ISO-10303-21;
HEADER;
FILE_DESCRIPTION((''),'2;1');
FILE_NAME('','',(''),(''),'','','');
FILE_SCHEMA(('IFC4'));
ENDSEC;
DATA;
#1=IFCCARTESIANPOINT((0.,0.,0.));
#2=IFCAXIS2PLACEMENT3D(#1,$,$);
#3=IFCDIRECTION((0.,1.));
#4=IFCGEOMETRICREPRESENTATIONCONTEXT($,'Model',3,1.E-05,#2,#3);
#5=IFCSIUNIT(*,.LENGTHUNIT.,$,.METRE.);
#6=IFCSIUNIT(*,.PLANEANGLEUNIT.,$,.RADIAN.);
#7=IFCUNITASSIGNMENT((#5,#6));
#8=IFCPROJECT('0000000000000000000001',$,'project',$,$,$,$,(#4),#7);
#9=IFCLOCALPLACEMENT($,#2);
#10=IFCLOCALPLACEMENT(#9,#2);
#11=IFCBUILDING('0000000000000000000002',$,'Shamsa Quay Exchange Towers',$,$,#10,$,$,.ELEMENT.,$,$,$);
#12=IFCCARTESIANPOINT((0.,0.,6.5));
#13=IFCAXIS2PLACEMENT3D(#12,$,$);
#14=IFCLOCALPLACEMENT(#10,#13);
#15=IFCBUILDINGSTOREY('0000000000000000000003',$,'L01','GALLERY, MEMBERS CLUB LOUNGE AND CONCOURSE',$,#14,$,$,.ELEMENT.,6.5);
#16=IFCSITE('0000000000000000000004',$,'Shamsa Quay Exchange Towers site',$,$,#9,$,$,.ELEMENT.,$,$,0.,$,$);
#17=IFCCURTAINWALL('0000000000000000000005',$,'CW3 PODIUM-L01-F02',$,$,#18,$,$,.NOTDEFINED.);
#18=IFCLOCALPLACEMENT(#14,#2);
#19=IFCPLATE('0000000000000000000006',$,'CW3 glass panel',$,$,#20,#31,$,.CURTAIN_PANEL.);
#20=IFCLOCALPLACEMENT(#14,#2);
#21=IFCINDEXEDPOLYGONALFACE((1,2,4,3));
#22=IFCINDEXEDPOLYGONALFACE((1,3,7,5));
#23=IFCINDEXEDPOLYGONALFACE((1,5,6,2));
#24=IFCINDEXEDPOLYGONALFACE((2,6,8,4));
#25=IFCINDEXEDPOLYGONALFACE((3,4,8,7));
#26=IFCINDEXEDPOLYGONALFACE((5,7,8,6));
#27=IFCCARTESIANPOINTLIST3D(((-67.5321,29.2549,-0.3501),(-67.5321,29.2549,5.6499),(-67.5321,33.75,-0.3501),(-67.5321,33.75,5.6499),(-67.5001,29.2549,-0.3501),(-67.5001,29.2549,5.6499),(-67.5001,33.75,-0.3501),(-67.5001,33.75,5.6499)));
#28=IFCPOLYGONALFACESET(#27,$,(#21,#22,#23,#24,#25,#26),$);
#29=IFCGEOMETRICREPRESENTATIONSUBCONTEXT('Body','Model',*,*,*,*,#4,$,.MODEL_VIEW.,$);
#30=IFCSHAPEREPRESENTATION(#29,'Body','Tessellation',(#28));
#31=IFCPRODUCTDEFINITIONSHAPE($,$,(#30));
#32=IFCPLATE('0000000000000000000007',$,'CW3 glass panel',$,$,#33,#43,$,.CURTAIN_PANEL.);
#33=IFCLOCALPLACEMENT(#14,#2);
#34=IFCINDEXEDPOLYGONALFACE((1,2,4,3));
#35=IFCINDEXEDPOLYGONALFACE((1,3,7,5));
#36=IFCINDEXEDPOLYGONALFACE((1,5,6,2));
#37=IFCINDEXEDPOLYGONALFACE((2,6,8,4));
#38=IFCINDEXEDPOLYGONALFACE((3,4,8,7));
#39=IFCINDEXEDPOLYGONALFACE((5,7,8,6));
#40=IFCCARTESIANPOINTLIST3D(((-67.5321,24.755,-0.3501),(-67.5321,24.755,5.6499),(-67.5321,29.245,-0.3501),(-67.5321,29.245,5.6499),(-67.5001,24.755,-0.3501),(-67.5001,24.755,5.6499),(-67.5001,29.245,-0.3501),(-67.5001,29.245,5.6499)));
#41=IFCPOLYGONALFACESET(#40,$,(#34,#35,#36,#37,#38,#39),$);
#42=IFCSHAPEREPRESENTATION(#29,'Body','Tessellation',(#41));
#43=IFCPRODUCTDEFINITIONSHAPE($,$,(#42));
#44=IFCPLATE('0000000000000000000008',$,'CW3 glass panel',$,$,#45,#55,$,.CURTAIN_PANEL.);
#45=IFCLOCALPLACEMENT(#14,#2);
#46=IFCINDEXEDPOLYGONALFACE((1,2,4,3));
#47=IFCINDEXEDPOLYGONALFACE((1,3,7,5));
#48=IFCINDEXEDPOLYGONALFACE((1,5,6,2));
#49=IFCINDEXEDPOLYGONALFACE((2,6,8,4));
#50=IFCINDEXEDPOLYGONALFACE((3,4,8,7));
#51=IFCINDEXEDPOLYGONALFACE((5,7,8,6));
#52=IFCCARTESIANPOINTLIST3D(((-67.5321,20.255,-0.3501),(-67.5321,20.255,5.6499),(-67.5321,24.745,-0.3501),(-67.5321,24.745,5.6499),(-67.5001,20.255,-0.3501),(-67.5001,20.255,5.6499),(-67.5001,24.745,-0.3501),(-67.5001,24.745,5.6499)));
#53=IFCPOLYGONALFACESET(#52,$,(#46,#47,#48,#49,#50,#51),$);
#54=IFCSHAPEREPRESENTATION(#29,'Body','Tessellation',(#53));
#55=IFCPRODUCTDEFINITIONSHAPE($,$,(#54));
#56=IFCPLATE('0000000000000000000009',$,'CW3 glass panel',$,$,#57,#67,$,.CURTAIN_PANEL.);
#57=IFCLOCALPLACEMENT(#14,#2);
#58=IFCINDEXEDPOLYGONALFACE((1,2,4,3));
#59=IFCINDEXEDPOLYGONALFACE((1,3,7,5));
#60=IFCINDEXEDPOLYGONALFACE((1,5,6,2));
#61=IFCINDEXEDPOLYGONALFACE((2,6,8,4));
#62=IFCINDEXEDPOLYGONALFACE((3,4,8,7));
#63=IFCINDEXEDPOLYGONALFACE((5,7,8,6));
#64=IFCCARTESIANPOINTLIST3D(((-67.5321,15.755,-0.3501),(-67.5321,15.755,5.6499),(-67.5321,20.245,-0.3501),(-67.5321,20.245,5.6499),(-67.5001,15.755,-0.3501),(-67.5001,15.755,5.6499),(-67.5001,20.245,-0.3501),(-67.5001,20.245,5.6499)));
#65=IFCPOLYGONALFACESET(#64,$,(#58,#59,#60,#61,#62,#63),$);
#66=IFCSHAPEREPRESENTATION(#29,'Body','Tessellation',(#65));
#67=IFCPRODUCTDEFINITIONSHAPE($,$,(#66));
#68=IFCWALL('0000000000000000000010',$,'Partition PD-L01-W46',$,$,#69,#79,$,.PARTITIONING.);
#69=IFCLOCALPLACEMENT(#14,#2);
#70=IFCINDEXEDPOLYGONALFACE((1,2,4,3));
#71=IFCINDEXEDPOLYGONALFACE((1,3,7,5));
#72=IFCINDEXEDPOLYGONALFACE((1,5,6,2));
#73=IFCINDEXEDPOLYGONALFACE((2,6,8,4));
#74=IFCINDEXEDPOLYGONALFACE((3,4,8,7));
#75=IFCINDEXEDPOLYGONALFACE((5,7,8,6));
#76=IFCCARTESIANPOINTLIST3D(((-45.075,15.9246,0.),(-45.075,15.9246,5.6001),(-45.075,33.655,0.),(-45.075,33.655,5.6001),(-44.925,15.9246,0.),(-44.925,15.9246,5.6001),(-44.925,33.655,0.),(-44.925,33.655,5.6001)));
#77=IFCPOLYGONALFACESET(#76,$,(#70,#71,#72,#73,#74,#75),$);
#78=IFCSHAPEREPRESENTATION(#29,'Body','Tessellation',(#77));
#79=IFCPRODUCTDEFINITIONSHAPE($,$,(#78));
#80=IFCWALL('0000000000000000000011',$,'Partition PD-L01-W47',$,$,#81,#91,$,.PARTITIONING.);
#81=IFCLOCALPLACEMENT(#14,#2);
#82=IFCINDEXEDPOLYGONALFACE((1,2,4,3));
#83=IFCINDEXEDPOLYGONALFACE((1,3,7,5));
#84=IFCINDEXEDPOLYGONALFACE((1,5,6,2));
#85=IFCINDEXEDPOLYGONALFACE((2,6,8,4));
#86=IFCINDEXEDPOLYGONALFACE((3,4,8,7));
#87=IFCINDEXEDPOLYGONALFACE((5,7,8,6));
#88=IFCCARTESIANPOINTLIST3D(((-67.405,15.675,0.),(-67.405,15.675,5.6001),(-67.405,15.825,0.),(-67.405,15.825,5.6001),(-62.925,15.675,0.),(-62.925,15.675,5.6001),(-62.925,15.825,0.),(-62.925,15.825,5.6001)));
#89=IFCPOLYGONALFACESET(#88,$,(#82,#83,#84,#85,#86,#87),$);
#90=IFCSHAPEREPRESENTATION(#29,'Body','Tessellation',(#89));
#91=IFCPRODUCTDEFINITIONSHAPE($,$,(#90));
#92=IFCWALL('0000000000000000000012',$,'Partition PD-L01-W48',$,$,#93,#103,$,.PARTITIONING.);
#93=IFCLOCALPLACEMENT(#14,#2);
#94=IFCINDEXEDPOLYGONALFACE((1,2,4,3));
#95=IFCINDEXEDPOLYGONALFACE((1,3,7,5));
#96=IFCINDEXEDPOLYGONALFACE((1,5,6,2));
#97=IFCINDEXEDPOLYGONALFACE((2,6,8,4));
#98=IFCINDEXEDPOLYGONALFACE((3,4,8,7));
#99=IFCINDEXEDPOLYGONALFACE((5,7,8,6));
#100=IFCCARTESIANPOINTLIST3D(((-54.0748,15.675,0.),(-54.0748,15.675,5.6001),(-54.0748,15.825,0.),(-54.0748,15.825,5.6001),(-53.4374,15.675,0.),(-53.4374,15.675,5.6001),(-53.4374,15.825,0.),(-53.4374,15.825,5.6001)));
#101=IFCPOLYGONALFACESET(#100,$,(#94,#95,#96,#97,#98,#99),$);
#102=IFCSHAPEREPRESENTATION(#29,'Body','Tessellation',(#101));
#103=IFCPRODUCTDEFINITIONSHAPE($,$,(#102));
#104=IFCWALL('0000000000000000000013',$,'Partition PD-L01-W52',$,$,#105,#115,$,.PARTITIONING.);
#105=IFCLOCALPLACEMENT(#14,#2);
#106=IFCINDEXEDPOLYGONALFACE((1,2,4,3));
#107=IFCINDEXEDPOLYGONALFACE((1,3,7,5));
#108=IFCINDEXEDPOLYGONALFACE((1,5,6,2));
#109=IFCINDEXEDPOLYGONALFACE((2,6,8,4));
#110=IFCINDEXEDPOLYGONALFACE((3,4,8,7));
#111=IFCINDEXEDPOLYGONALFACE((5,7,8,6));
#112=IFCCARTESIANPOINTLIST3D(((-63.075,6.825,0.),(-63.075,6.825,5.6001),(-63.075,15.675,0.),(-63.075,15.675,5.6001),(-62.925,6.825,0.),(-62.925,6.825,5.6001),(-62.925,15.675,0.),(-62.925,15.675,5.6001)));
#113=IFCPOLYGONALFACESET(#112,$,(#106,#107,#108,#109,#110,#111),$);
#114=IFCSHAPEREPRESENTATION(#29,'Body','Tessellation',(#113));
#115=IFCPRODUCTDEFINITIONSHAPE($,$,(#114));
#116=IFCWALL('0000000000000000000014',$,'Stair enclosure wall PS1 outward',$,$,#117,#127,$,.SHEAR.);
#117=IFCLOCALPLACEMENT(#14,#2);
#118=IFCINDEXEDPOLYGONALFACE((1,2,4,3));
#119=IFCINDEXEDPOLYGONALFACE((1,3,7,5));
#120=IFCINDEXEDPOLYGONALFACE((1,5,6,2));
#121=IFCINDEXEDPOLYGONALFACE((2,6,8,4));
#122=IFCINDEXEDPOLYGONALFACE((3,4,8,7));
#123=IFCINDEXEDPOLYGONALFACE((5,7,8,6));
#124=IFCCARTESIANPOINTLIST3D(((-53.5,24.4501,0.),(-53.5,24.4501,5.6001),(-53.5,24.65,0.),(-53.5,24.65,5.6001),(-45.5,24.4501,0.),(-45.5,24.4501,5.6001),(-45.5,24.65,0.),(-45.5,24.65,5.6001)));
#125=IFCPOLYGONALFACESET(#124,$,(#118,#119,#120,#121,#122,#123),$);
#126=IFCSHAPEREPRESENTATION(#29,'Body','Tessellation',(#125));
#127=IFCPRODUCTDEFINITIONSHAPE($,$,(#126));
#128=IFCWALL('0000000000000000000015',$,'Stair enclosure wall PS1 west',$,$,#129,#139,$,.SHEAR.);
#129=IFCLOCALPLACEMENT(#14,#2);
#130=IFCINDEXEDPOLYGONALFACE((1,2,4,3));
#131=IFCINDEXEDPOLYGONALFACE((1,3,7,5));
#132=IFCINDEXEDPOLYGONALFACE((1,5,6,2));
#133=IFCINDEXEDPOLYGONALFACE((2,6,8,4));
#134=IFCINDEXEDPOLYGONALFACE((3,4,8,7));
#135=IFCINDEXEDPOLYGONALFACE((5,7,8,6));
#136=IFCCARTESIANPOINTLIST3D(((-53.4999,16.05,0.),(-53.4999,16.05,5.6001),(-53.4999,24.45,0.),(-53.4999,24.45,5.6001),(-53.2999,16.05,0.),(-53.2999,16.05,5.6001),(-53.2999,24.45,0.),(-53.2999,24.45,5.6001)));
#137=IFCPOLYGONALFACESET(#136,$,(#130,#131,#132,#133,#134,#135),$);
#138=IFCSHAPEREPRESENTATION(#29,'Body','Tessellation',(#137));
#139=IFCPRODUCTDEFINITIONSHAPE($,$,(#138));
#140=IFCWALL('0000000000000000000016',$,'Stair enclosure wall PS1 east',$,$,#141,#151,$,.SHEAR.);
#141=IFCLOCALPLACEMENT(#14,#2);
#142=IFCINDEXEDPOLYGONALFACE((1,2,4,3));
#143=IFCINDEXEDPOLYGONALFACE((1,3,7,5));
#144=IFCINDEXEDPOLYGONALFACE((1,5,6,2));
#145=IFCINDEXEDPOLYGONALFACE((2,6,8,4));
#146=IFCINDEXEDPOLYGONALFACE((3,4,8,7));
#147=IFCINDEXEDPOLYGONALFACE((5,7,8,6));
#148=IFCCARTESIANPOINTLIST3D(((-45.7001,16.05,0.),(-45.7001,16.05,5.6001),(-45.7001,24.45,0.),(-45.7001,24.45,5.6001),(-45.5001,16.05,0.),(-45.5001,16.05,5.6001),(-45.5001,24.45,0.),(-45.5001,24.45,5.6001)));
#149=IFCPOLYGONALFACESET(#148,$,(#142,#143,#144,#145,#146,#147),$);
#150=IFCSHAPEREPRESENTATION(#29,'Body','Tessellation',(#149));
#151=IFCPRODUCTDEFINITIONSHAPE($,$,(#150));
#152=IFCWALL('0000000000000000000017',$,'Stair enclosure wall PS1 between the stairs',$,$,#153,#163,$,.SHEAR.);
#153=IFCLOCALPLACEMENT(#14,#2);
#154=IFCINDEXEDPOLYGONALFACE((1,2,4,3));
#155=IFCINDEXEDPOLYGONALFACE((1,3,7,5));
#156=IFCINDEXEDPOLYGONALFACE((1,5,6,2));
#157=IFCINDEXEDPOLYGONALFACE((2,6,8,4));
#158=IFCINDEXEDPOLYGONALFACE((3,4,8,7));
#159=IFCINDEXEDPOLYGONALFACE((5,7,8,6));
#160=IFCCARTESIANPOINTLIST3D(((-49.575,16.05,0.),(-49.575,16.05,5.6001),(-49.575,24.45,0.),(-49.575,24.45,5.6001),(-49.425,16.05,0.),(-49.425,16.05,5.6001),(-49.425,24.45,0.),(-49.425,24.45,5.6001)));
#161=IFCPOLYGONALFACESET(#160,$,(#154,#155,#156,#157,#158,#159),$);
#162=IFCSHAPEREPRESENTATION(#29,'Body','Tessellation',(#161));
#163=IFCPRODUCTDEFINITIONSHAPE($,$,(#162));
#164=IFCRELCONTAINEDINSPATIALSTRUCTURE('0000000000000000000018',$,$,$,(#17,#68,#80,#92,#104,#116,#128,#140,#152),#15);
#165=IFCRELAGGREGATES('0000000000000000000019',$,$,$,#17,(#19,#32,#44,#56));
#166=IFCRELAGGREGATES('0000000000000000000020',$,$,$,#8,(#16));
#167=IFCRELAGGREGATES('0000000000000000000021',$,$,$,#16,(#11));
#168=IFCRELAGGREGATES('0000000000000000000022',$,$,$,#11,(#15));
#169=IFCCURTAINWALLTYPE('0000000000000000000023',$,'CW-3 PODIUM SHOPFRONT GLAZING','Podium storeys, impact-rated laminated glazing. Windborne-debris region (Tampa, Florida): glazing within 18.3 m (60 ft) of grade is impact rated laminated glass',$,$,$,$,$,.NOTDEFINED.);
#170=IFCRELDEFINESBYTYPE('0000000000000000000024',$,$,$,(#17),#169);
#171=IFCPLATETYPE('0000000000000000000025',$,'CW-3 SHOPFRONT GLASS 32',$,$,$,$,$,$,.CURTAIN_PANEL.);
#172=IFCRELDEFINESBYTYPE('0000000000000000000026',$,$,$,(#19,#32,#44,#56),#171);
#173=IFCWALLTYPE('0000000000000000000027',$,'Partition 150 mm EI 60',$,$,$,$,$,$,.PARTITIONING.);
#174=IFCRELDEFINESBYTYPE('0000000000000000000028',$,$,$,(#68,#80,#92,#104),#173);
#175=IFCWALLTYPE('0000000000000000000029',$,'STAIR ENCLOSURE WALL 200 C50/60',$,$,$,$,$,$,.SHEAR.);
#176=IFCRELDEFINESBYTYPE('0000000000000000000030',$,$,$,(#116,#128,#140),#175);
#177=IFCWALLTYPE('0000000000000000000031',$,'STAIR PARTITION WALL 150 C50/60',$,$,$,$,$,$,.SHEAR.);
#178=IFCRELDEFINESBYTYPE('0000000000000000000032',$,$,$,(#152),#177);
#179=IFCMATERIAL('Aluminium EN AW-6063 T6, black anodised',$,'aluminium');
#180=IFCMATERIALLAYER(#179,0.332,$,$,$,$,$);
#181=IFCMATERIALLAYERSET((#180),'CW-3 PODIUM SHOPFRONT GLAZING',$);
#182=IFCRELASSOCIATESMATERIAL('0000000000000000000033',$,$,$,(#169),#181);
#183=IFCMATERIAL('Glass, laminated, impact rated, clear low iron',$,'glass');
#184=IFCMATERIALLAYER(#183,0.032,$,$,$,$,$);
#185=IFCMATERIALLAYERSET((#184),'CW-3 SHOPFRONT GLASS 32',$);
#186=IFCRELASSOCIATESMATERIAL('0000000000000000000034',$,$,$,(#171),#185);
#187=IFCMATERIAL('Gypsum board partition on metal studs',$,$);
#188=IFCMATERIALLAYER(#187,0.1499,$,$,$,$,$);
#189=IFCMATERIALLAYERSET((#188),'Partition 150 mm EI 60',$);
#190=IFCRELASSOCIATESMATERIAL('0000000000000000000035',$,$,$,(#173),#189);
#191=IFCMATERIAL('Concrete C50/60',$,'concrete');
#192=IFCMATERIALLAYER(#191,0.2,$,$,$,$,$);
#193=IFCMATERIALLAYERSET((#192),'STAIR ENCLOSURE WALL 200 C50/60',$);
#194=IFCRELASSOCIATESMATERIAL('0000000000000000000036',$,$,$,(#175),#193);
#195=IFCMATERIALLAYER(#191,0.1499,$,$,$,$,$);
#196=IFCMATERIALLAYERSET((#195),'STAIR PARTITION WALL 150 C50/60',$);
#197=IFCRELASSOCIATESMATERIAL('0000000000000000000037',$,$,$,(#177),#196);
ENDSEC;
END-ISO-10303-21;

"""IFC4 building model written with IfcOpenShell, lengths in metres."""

from ifc_helpers import new_model, si_unit, direction, frame, frame_2d, origin, origin_2d, place, context, subcontext, project, spatial, rectangle, extrude, material, layer, layer_set, type_object, element, aggregate, save


model = new_model("IFC4")

# Units and contexts
model_context = context("Model", 3, precision=1e-05, world=origin(), true_north=direction((0.0, 1.0)))
body_context = subcontext(model_context, "Body", "Model", "MODEL_VIEW")
ifc_project = project(units=[si_unit("LENGTHUNIT", "METRE"), si_unit("PLANEANGLEUNIT", "RADIAN")], contexts=[model_context])

# Site, building, storey
site_placement = place(None, origin())
site = spatial("IfcSite", under=ifc_project, at=site_placement, Name="Shamsa Quay Exchange Towers site", CompositionType="ELEMENT", RefElevation=0.0)
building_placement = place(site_placement, origin())
building = spatial("IfcBuilding", under=site, at=building_placement, Name="Shamsa Quay Exchange Towers", CompositionType="ELEMENT")
storey_placement = place(building_placement, frame((0.0, 0.0, 6.5)))
storey = spatial("IfcBuildingStorey", under=building, at=storey_placement, Name="L01", Description="GALLERY, MEMBERS CLUB LOUNGE AND CONCOURSE", CompositionType="ELEMENT", Elevation=6.5)

# Curtain wall, plates
ifc_material_1 = material(Name="Aluminium EN AW-6063 T6, black anodised", Category="aluminium")
ifc_layer_1 = layer(ifc_material_1, 0.332)
ifc_layer_set_1 = layer_set([ifc_layer_1], Name="CW-3 PODIUM SHOPFRONT GLAZING")
curtain_wall_type = type_object("IfcCurtainWallType", Name="CW-3 PODIUM SHOPFRONT GLAZING", Description="Podium storeys, impact-rated laminated glazing. Windborne-debris region (Tampa, Florida): glazing within 18.3 m (60 ft) of grade is impact rated laminated glass", PredefinedType="NOTDEFINED", material=ifc_layer_set_1)
curtain_wall_placement = place(storey_placement, origin())
curtain_wall = element("IfcCurtainWall", 1, at=curtain_wall_placement, inside=storey, type_object=curtain_wall_type, Name="CW3 PODIUM-L01-F02", PredefinedType="NOTDEFINED")
ifc_material_2 = material(Name="Glass, laminated, impact rated, clear low iron", Category="glass")
ifc_layer_2 = layer(ifc_material_2, 0.032)
ifc_layer_set_2 = layer_set([ifc_layer_2], Name="CW-3 SHOPFRONT GLASS 32")
plate_type = type_object("IfcPlateType", Name="CW-3 SHOPFRONT GLASS 32", PredefinedType="CURTAIN_PANEL", material=ifc_layer_set_2)
plate_1_placement = place(storey_placement, frame((-67.5161, 31.5024, -0.3501), z_axis=(0.0, 0.0, 1.0), x_axis=(0.0, -1.0, 0.0)))
plate_1 = element("IfcPlate", 2, at=plate_1_placement, type_object=plate_type, Name="CW3 glass panel", PredefinedType="CURTAIN_PANEL", context=body_context, shape_type="SweptSolid", body=[
    extrude(rectangle(XDim=4.4951, YDim=0.032, at=origin_2d()), origin(), (0.0, 0.0, 1.0), 6.0),
])
plate_2_placement = place(storey_placement, frame((-67.5161, 27.0, -0.3501), z_axis=(0.0, 0.0, 1.0), x_axis=(0.0, -1.0, 0.0)))
plate_2 = element("IfcPlate", 3, at=plate_2_placement, type_object=plate_type, Name="CW3 glass panel", PredefinedType="CURTAIN_PANEL", context=body_context, shape_type="SweptSolid", body=[
    extrude(rectangle(XDim=4.49, YDim=0.032, at=origin_2d()), origin(), (0.0, 0.0, 1.0), 6.0),
])
plate_3_placement = place(storey_placement, frame((-67.5161, 22.5, -0.3501), z_axis=(0.0, 0.0, 1.0), x_axis=(0.0, -1.0, 0.0)))
plate_3 = element("IfcPlate", 4, at=plate_3_placement, type_object=plate_type, Name="CW3 glass panel", PredefinedType="CURTAIN_PANEL", context=body_context, shape_type="SweptSolid", body=[
    extrude(rectangle(XDim=4.49, YDim=0.032, at=origin_2d()), origin(), (0.0, 0.0, 1.0), 6.0),
])
plate_4_placement = place(storey_placement, frame((-67.5161, 18.0, -0.3501), z_axis=(0.0, 0.0, 1.0), x_axis=(0.0, -1.0, 0.0)))
plate_4 = element("IfcPlate", 5, at=plate_4_placement, type_object=plate_type, Name="CW3 glass panel", PredefinedType="CURTAIN_PANEL", context=body_context, shape_type="SweptSolid", body=[
    extrude(rectangle(XDim=4.49, YDim=0.032, at=origin_2d()), origin(), (0.0, 0.0, 1.0), 6.0),
])
aggregate(curtain_wall, [plate_1, plate_2, plate_3, plate_4])

# Walls
ifc_material_3 = material(Name="Gypsum board partition on metal studs")
ifc_layer_3 = layer(ifc_material_3, 0.1499)
ifc_layer_set_3 = layer_set([ifc_layer_3], Name="Partition 150 mm EI 60")
wall_type_1 = type_object("IfcWallType", Name="Partition 150 mm EI 60", PredefinedType="PARTITIONING", material=ifc_layer_set_3)
wall_1_placement = place(storey_placement, frame((-45.0, 15.9246, 0.0), z_axis=(0.0, 0.0, 1.0), x_axis=(0.0, 1.0, 0.0)))
element("IfcWall", 6, at=wall_1_placement, inside=storey, type_object=wall_type_1, Name="Partition PD-L01-W46", PredefinedType="PARTITIONING", context=body_context, shape_type="SweptSolid", body=[
    extrude(rectangle(XDim=17.7305, YDim=0.1499, at=frame_2d((8.8652, 0.0))), origin(), (0.0, 0.0, 1.0), 5.6001),
])
wall_2_placement = place(storey_placement, frame((-67.405, 15.75, 0.0)))
element("IfcWall", 7, at=wall_2_placement, inside=storey, type_object=wall_type_1, Name="Partition PD-L01-W47", PredefinedType="PARTITIONING", context=body_context, shape_type="SweptSolid", body=[
    extrude(rectangle(XDim=4.48, YDim=0.1499, at=frame_2d((2.24, 0.0))), origin(), (0.0, 0.0, 1.0), 5.6001),
])
wall_3_placement = place(storey_placement, frame((-54.075, 15.75, 0.0)))
element("IfcWall", 8, at=wall_3_placement, inside=storey, type_object=wall_type_1, Name="Partition PD-L01-W48", PredefinedType="PARTITIONING", context=body_context, shape_type="SweptSolid", body=[
    extrude(rectangle(XDim=0.6375, YDim=0.1499, at=frame_2d((0.3188, 0.0))), origin(), (0.0, 0.0, 1.0), 5.6001),
])
wall_4_placement = place(storey_placement, frame((-63.0, 15.675, 0.0), z_axis=(0.0, 0.0, 1.0), x_axis=(0.0, -1.0, 0.0)))
element("IfcWall", 9, at=wall_4_placement, inside=storey, type_object=wall_type_1, Name="Partition PD-L01-W52", PredefinedType="PARTITIONING", context=body_context, shape_type="SweptSolid", body=[
    extrude(rectangle(XDim=8.8501, YDim=0.1499, at=frame_2d((4.425, 0.0))), origin(), (0.0, 0.0, 1.0), 5.6001),
])

# Shared definitions
ifc_material_4 = material(Name="Concrete C50/60", Category="concrete")
ifc_layer_4 = layer(ifc_material_4, 0.2)
ifc_layer_set_4 = layer_set([ifc_layer_4], Name="STAIR ENCLOSURE WALL 200 C50/60")
wall_type_2 = type_object("IfcWallType", Name="STAIR ENCLOSURE WALL 200 C50/60", PredefinedType="SHEAR", material=ifc_layer_set_4)

# Walls
wall_5_placement = place(storey_placement, frame((-53.5, 24.55, 0.0)))
element("IfcWall", 10, at=wall_5_placement, inside=storey, type_object=wall_type_2, Name="Stair enclosure wall PS1 outward", PredefinedType="SHEAR", context=body_context, shape_type="SweptSolid", body=[
    extrude(rectangle(XDim=8.0, YDim=0.2, at=frame_2d((4.0, 0.0))), origin(), (0.0, 0.0, 1.0), 5.6001),
])
for number, where, z_axis, x_axis, name in (
    (11, (-53.3999, 16.05, 0.0), (0.0, 0.0, 1.0), (0.0, 1.0, 0.0), "Stair enclosure wall PS1 west"),
    (12, (-45.6001, 16.05, 0.0), (0.0, 0.0, 1.0), (0.0, 1.0, 0.0), "Stair enclosure wall PS1 east"),
):
    element("IfcWall", number, at=place(storey_placement, frame(where, z_axis=z_axis, x_axis=x_axis)), inside=storey, type_object=wall_type_2, Name=name, PredefinedType="SHEAR", context=body_context, shape_type="SweptSolid", body=[
        extrude(rectangle(XDim=8.3999, YDim=0.2, at=frame_2d((4.2, 0.0))), origin(), (0.0, 0.0, 1.0), 5.6001),
    ])
ifc_layer_5 = layer(ifc_material_4, 0.1499)
ifc_layer_set_5 = layer_set([ifc_layer_5], Name="STAIR PARTITION WALL 150 C50/60")
wall_type_3 = type_object("IfcWallType", Name="STAIR PARTITION WALL 150 C50/60", PredefinedType="SHEAR", material=ifc_layer_set_5)
wall_6_placement = place(storey_placement, frame((-49.5, 16.05, 0.0), z_axis=(0.0, 0.0, 1.0), x_axis=(0.0, 1.0, 0.0)))
element("IfcWall", 13, at=wall_6_placement, inside=storey, type_object=wall_type_3, Name="Stair enclosure wall PS1 between the stairs", PredefinedType="SHEAR", context=body_context, shape_type="SweptSolid", body=[
    extrude(rectangle(XDim=8.3999, YDim=0.1499, at=frame_2d((4.2, 0.0))), origin(), (0.0, 0.0, 1.0), 5.6001),
])

save(model, "model.ifc")
